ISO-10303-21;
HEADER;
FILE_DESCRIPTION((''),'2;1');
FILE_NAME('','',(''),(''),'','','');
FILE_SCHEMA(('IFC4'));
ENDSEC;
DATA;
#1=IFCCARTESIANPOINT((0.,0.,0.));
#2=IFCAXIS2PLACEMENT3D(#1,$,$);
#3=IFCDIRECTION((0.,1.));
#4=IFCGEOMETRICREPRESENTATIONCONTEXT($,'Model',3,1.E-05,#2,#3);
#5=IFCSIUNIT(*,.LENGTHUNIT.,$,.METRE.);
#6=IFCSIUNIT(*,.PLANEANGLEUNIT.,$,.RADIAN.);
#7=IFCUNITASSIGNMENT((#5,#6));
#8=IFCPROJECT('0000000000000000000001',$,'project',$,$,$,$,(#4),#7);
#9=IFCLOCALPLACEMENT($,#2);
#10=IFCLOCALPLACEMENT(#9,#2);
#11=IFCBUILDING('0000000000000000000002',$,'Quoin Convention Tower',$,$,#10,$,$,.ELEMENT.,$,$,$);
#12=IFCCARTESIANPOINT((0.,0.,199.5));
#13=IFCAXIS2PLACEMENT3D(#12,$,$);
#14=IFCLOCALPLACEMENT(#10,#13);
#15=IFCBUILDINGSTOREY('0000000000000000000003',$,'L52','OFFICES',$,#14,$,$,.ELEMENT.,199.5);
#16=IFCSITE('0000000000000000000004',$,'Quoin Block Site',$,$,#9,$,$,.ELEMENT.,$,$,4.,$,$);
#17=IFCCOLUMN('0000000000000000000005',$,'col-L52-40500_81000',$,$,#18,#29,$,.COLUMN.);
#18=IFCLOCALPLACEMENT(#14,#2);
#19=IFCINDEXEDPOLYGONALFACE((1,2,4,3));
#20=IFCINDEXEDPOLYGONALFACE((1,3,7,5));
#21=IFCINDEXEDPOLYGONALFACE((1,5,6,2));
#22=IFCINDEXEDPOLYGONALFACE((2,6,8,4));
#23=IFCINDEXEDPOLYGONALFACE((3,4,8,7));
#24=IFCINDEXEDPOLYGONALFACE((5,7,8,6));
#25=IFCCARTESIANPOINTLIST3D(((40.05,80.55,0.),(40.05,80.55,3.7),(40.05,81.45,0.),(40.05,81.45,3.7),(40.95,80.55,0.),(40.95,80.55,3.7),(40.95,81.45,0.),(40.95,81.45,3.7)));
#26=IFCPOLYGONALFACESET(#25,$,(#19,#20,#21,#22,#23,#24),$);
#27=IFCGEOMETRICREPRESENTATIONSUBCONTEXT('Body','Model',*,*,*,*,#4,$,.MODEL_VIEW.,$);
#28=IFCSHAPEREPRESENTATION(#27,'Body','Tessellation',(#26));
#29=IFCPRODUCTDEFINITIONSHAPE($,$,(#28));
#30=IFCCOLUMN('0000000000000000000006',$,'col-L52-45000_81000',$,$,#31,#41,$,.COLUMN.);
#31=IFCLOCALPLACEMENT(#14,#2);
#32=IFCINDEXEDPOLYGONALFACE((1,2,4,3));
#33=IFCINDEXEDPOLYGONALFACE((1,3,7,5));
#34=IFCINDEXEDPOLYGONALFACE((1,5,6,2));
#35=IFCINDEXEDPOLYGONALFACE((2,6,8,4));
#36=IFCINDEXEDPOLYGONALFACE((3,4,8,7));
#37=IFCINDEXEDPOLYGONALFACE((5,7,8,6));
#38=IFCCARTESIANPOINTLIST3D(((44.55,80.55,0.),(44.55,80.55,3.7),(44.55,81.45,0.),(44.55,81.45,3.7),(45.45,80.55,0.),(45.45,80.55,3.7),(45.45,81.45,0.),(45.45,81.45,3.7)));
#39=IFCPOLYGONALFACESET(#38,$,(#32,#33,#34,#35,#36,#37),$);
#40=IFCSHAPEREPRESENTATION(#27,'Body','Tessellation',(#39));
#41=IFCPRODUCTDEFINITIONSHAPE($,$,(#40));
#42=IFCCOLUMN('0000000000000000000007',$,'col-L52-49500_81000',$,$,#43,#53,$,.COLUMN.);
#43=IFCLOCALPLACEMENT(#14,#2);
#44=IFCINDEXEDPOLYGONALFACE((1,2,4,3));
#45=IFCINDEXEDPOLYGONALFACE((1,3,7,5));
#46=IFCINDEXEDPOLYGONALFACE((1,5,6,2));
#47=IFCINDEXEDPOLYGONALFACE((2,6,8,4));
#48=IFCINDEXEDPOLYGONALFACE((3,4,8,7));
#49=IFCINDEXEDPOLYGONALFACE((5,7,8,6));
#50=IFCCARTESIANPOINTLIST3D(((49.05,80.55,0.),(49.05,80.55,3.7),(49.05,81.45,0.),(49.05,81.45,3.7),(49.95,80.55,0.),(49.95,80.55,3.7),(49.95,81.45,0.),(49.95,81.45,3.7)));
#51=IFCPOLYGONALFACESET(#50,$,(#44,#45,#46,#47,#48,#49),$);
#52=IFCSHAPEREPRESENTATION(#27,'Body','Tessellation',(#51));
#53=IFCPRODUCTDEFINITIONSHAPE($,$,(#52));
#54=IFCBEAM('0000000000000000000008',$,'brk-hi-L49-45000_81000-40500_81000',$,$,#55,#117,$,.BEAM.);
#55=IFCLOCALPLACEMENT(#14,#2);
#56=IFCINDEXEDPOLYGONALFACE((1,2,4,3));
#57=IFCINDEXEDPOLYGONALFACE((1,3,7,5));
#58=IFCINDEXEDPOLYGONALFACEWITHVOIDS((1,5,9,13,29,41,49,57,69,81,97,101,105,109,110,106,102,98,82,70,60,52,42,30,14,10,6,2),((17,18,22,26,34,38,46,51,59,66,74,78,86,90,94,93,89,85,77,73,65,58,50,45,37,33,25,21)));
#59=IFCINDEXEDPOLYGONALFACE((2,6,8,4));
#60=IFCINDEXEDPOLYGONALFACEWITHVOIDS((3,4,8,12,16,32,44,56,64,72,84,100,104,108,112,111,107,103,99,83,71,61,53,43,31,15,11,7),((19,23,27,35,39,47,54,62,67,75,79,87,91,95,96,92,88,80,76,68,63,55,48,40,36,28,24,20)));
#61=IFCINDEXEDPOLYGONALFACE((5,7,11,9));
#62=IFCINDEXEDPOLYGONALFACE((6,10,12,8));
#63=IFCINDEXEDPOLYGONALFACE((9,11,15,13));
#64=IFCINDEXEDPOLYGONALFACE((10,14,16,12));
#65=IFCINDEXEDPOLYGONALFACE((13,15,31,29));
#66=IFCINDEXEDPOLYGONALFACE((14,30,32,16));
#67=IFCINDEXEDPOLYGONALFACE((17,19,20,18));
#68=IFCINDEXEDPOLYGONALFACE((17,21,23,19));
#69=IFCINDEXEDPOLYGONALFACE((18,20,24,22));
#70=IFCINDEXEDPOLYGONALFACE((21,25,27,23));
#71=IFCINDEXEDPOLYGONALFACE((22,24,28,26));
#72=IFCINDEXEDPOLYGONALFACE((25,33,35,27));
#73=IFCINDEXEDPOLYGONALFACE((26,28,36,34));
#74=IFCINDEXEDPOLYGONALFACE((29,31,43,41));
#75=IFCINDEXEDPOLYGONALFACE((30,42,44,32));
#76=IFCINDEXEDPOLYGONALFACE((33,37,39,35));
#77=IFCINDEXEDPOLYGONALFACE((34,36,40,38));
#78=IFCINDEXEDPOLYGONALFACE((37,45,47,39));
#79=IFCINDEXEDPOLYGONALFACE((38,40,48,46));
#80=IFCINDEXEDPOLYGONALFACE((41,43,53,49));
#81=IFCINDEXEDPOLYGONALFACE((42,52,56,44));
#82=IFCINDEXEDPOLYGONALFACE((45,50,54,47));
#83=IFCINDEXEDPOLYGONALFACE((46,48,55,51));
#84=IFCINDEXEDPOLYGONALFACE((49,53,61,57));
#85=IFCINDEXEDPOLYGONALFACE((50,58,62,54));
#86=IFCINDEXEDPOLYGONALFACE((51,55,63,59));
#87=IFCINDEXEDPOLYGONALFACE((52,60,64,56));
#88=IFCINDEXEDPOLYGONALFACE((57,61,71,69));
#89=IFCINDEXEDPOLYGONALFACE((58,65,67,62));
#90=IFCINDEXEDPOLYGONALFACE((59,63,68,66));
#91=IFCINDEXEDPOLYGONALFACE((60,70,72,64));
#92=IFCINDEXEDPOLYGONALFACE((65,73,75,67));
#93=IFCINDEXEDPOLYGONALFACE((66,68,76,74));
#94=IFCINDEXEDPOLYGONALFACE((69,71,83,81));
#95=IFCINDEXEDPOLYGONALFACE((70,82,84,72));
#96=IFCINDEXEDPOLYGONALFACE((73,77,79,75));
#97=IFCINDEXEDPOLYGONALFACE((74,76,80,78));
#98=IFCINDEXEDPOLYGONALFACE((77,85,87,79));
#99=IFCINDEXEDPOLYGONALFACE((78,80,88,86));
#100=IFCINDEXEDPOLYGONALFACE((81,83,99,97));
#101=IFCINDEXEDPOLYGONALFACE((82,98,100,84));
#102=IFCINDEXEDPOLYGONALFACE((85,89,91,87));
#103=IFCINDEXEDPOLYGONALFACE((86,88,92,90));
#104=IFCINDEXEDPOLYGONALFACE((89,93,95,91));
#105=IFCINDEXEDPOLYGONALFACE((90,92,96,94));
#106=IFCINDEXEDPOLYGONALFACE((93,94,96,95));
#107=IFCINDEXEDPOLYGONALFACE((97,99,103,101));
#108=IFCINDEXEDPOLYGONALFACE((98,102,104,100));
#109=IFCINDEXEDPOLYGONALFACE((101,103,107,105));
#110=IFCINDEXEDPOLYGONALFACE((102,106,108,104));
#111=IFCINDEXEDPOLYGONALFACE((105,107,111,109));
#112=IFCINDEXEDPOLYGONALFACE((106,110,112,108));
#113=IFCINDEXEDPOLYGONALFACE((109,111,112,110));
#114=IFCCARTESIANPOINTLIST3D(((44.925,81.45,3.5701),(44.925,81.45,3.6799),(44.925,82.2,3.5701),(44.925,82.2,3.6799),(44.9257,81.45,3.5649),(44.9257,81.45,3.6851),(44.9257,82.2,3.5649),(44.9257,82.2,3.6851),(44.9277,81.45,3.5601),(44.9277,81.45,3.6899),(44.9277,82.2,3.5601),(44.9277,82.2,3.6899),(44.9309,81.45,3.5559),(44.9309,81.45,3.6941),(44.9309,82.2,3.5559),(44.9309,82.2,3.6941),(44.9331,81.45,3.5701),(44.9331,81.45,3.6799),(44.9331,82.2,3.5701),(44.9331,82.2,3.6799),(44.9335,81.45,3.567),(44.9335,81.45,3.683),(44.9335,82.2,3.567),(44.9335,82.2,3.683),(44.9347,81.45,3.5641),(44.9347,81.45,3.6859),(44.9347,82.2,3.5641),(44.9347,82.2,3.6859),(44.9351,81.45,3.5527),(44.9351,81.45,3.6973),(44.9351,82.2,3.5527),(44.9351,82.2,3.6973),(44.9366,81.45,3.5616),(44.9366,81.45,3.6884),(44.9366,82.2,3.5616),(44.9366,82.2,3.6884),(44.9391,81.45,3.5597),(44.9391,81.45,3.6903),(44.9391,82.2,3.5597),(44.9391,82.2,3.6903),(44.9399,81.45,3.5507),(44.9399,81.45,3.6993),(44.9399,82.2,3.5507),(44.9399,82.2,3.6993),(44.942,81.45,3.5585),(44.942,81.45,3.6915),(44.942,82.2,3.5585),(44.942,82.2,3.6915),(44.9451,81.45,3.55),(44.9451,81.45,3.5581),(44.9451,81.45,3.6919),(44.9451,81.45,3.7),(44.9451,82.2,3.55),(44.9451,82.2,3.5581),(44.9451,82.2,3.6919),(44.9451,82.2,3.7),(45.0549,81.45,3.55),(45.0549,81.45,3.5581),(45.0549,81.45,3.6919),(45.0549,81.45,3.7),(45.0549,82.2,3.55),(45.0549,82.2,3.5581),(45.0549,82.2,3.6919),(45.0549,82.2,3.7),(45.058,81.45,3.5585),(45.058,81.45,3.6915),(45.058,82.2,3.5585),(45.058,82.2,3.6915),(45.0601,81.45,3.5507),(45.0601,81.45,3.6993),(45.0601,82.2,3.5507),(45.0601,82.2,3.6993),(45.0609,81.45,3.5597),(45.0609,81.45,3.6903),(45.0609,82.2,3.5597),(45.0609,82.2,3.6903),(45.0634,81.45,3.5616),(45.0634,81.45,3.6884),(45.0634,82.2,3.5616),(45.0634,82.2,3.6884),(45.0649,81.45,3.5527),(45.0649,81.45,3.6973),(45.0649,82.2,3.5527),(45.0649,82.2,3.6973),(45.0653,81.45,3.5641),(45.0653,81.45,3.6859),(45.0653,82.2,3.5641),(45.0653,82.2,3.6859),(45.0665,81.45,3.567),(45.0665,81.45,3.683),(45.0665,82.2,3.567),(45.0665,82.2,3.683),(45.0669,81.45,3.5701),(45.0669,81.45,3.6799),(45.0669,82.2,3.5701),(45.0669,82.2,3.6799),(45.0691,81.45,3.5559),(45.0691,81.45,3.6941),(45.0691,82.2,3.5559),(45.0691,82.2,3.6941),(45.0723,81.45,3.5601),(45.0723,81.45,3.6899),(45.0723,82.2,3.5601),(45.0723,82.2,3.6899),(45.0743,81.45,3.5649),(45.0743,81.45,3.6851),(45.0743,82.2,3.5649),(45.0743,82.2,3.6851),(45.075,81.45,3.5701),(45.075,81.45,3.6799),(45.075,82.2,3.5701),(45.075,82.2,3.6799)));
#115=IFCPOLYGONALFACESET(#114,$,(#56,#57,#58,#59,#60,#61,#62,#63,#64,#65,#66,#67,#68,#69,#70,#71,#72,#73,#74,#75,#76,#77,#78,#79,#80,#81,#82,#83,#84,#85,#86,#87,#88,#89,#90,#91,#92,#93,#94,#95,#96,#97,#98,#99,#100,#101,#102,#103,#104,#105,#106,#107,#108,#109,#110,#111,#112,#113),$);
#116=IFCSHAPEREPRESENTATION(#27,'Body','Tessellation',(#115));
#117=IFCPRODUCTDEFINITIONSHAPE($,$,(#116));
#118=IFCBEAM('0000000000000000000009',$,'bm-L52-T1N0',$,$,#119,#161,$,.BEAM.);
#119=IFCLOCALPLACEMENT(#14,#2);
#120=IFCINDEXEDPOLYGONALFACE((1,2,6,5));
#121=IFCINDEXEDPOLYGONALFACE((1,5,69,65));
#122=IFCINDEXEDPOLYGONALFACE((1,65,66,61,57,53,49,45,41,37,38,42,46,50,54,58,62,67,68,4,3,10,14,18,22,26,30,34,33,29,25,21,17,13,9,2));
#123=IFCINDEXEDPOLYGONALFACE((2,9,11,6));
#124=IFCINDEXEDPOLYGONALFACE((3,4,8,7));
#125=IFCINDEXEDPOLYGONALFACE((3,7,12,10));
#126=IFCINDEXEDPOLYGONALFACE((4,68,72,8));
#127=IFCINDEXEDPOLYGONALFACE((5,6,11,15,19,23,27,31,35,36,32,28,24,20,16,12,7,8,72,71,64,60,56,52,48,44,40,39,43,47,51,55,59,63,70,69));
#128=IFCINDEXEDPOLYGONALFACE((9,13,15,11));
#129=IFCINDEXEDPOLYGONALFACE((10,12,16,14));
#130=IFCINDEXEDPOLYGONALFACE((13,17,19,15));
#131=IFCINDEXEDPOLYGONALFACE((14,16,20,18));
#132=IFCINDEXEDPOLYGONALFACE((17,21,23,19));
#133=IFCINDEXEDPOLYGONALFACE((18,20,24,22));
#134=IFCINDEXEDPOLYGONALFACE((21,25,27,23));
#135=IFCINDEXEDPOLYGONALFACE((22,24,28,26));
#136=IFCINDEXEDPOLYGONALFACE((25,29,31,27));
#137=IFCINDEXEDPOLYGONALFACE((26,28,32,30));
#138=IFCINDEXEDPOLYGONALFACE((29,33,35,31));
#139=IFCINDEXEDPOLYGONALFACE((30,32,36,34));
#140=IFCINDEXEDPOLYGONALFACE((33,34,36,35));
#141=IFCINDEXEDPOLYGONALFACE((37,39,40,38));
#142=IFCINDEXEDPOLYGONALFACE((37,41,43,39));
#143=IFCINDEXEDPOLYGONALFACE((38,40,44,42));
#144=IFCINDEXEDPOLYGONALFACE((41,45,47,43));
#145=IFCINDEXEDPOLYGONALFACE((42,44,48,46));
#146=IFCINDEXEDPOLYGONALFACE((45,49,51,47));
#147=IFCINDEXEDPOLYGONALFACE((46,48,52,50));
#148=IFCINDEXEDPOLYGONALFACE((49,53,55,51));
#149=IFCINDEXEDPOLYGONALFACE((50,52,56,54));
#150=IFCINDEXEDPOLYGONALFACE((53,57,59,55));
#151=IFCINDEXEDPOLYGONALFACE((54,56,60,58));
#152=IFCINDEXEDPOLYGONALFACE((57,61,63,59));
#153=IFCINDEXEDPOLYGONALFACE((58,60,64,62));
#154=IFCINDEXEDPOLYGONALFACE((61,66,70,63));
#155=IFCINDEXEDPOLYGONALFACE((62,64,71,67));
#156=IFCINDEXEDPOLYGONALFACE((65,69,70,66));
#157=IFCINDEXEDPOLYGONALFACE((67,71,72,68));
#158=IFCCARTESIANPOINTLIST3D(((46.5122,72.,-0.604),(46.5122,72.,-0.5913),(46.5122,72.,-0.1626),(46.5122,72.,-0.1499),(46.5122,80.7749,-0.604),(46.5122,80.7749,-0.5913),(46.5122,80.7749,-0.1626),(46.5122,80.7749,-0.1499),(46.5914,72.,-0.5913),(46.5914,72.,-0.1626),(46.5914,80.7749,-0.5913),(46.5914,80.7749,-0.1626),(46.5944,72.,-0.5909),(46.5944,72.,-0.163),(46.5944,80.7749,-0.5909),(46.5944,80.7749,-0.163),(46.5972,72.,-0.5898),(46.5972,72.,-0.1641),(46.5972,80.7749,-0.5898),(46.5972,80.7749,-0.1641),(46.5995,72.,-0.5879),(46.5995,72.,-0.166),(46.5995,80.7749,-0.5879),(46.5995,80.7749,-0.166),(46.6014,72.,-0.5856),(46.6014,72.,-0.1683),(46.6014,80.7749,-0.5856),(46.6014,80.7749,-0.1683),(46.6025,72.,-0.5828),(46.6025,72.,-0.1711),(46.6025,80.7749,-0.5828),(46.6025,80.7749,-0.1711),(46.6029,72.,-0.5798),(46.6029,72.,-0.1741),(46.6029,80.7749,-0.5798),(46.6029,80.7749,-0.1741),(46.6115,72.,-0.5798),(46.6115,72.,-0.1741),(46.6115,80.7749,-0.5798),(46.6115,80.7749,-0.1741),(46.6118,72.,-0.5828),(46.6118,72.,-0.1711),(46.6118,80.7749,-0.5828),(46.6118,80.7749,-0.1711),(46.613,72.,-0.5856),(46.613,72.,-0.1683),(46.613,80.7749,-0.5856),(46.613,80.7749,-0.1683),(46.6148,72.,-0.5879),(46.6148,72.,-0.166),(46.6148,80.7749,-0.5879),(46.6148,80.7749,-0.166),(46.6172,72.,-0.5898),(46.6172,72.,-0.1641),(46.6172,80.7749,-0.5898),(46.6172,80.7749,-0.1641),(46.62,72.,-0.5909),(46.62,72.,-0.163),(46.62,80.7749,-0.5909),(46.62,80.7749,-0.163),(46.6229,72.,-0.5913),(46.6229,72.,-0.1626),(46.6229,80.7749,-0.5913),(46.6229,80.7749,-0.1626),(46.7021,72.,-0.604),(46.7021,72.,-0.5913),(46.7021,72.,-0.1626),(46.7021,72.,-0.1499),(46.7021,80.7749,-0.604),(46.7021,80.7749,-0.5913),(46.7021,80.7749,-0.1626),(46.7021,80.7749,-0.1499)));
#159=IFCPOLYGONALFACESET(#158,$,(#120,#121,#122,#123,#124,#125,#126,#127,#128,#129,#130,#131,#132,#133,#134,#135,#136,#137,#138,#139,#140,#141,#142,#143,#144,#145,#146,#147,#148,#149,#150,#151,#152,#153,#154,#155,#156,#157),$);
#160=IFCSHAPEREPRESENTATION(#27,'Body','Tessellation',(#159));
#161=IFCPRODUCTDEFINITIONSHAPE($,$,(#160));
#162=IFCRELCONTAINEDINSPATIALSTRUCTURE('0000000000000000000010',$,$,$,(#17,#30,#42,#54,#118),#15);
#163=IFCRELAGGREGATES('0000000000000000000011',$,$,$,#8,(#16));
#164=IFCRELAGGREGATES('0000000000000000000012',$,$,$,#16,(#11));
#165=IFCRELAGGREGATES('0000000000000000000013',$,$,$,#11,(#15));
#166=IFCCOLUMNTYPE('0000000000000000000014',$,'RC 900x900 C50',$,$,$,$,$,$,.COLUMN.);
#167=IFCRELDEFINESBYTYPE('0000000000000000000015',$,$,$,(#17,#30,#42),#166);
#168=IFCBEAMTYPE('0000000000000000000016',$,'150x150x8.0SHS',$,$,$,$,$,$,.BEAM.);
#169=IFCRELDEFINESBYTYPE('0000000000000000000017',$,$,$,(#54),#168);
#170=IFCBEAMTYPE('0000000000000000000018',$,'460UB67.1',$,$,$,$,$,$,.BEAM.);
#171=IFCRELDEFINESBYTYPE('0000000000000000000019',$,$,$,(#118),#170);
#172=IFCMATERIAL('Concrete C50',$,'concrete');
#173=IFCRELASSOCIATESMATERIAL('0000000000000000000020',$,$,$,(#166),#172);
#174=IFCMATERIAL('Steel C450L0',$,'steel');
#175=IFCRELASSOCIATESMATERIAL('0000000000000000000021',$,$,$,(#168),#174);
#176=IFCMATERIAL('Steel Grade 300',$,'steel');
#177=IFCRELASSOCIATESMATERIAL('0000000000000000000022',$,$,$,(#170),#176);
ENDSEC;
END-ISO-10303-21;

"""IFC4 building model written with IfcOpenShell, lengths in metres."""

from ifc_helpers import new_model, si_unit, direction, frame, origin, origin_2d, place, context, subcontext, project, spatial, rectangle, hollow_rectangle, i_section, extrude, material, material_profile, profile_set, type_object, element, save


model = new_model("IFC4")

# Units and contexts
model_context = context("Model", 3, precision=1e-05, world=origin(), true_north=direction((0.0, 1.0)))
body_context = subcontext(model_context, "Body", "Model", "MODEL_VIEW")
ifc_project = project(units=[si_unit("LENGTHUNIT", "METRE"), si_unit("PLANEANGLEUNIT", "RADIAN")], contexts=[model_context])

# Site, building, storey
site_placement = place(None, origin())
site = spatial("IfcSite", under=ifc_project, at=site_placement, Name="Quoin Block Site", CompositionType="ELEMENT", RefElevation=4.0)
building_placement = place(site_placement, origin())
building = spatial("IfcBuilding", under=site, at=building_placement, Name="Quoin Convention Tower", CompositionType="ELEMENT")
storey_placement = place(building_placement, frame((0.0, 0.0, 199.5)))
storey = spatial("IfcBuildingStorey", under=building, at=storey_placement, Name="L52", Description="OFFICES", CompositionType="ELEMENT", Elevation=199.5)

# Columns
ifc_material_1 = material(Name="Concrete C50", Category="concrete")
ifc_material_profile_1 = material_profile(ifc_material_1, rectangle(XDim=0.8999, YDim=0.8999, at=origin_2d()), Name="RC 900x900")
ifc_profile_set_1 = profile_set([ifc_material_profile_1], Name="Concrete C50")
column_type = type_object("IfcColumnType", Name="RC 900x900 C50", PredefinedType="COLUMN", material=ifc_profile_set_1)
for number, where, z_axis, x_axis, name in (
    (1, (40.5, 81.0, 0.0), (0.0, 0.0, 1.0), (1.0, 0.0, 0.0), "col-L52-40500_81000"),
    (2, (45.0, 81.0, 0.0), (0.0, 0.0, 1.0), (1.0, 0.0, 0.0), "col-L52-45000_81000"),
    (3, (49.5, 81.0, 0.0), (0.0, 0.0, 1.0), (1.0, 0.0, 0.0), "col-L52-49500_81000"),
):
    element("IfcColumn", number, at=place(storey_placement, frame(where, z_axis=z_axis, x_axis=x_axis)), inside=storey, type_object=column_type, Name=name, PredefinedType="COLUMN", context=body_context, shape_type="SweptSolid", body=[
        extrude(rectangle(XDim=0.8999, YDim=0.8999, at=origin_2d()), origin(), (0.0, 0.0, 1.0), 3.7),
    ])

# Beams
ifc_material_2 = material(Name="Steel C450L0", Category="steel")
ifc_material_profile_2 = material_profile(ifc_material_2, hollow_rectangle(XDim=0.1499, YDim=0.1499, WallThickness=0.0081, InnerFilletRadius=0.012, OuterFilletRadius=0.02, at=origin_2d()), Name="150x150x8.0SHS")
ifc_profile_set_2 = profile_set([ifc_material_profile_2], Name="Steel C450L0")
beam_type_1 = type_object("IfcBeamType", Name="150x150x8.0SHS", PredefinedType="BEAM", material=ifc_profile_set_2)
beam_1_placement = place(storey_placement, frame((45.0, 81.45, 3.625), z_axis=(0.0, 1.0, 0.0), x_axis=(-1.0, 0.0, 0.0)))
element("IfcBeam", 4, at=beam_1_placement, inside=storey, type_object=beam_type_1, Name="brk-hi-L49-45000_81000-40500_81000", PredefinedType="BEAM", context=body_context, shape_type="SweptSolid", body=[
    extrude(hollow_rectangle(XDim=0.1499, YDim=0.1499, WallThickness=0.0081, InnerFilletRadius=0.012, OuterFilletRadius=0.02, at=origin_2d()), origin(), (0.0, 0.0, 1.0), 0.75),
])
ifc_material_3 = material(Name="Steel Grade 300", Category="steel")
ifc_material_profile_3 = material_profile(ifc_material_3, i_section(OverallWidth=0.1899, OverallDepth=0.4541, WebThickness=0.0085, FlangeThickness=0.0127, FilletRadius=0.0115, at=origin_2d()), Name="460UB67.1")
ifc_profile_set_3 = profile_set([ifc_material_profile_3], Name="Steel Grade 300")
beam_type_2 = type_object("IfcBeamType", Name="460UB67.1", PredefinedType="BEAM", material=ifc_profile_set_3)
beam_2_placement = place(storey_placement, frame((46.6072, 72.0, -0.377), z_axis=(0.0, 1.0, 0.0), x_axis=(-1.0, 0.0, 0.0)))
element("IfcBeam", 5, at=beam_2_placement, inside=storey, type_object=beam_type_2, Name="bm-L52-T1N0", PredefinedType="BEAM", context=body_context, shape_type="SweptSolid", body=[
    extrude(i_section(OverallWidth=0.1899, OverallDepth=0.4541, WebThickness=0.0085, FlangeThickness=0.0127, FilletRadius=0.0115, at=origin_2d()), origin(), (0.0, 0.0, 1.0), 8.7749),
])

save(model, "model.ifc")
